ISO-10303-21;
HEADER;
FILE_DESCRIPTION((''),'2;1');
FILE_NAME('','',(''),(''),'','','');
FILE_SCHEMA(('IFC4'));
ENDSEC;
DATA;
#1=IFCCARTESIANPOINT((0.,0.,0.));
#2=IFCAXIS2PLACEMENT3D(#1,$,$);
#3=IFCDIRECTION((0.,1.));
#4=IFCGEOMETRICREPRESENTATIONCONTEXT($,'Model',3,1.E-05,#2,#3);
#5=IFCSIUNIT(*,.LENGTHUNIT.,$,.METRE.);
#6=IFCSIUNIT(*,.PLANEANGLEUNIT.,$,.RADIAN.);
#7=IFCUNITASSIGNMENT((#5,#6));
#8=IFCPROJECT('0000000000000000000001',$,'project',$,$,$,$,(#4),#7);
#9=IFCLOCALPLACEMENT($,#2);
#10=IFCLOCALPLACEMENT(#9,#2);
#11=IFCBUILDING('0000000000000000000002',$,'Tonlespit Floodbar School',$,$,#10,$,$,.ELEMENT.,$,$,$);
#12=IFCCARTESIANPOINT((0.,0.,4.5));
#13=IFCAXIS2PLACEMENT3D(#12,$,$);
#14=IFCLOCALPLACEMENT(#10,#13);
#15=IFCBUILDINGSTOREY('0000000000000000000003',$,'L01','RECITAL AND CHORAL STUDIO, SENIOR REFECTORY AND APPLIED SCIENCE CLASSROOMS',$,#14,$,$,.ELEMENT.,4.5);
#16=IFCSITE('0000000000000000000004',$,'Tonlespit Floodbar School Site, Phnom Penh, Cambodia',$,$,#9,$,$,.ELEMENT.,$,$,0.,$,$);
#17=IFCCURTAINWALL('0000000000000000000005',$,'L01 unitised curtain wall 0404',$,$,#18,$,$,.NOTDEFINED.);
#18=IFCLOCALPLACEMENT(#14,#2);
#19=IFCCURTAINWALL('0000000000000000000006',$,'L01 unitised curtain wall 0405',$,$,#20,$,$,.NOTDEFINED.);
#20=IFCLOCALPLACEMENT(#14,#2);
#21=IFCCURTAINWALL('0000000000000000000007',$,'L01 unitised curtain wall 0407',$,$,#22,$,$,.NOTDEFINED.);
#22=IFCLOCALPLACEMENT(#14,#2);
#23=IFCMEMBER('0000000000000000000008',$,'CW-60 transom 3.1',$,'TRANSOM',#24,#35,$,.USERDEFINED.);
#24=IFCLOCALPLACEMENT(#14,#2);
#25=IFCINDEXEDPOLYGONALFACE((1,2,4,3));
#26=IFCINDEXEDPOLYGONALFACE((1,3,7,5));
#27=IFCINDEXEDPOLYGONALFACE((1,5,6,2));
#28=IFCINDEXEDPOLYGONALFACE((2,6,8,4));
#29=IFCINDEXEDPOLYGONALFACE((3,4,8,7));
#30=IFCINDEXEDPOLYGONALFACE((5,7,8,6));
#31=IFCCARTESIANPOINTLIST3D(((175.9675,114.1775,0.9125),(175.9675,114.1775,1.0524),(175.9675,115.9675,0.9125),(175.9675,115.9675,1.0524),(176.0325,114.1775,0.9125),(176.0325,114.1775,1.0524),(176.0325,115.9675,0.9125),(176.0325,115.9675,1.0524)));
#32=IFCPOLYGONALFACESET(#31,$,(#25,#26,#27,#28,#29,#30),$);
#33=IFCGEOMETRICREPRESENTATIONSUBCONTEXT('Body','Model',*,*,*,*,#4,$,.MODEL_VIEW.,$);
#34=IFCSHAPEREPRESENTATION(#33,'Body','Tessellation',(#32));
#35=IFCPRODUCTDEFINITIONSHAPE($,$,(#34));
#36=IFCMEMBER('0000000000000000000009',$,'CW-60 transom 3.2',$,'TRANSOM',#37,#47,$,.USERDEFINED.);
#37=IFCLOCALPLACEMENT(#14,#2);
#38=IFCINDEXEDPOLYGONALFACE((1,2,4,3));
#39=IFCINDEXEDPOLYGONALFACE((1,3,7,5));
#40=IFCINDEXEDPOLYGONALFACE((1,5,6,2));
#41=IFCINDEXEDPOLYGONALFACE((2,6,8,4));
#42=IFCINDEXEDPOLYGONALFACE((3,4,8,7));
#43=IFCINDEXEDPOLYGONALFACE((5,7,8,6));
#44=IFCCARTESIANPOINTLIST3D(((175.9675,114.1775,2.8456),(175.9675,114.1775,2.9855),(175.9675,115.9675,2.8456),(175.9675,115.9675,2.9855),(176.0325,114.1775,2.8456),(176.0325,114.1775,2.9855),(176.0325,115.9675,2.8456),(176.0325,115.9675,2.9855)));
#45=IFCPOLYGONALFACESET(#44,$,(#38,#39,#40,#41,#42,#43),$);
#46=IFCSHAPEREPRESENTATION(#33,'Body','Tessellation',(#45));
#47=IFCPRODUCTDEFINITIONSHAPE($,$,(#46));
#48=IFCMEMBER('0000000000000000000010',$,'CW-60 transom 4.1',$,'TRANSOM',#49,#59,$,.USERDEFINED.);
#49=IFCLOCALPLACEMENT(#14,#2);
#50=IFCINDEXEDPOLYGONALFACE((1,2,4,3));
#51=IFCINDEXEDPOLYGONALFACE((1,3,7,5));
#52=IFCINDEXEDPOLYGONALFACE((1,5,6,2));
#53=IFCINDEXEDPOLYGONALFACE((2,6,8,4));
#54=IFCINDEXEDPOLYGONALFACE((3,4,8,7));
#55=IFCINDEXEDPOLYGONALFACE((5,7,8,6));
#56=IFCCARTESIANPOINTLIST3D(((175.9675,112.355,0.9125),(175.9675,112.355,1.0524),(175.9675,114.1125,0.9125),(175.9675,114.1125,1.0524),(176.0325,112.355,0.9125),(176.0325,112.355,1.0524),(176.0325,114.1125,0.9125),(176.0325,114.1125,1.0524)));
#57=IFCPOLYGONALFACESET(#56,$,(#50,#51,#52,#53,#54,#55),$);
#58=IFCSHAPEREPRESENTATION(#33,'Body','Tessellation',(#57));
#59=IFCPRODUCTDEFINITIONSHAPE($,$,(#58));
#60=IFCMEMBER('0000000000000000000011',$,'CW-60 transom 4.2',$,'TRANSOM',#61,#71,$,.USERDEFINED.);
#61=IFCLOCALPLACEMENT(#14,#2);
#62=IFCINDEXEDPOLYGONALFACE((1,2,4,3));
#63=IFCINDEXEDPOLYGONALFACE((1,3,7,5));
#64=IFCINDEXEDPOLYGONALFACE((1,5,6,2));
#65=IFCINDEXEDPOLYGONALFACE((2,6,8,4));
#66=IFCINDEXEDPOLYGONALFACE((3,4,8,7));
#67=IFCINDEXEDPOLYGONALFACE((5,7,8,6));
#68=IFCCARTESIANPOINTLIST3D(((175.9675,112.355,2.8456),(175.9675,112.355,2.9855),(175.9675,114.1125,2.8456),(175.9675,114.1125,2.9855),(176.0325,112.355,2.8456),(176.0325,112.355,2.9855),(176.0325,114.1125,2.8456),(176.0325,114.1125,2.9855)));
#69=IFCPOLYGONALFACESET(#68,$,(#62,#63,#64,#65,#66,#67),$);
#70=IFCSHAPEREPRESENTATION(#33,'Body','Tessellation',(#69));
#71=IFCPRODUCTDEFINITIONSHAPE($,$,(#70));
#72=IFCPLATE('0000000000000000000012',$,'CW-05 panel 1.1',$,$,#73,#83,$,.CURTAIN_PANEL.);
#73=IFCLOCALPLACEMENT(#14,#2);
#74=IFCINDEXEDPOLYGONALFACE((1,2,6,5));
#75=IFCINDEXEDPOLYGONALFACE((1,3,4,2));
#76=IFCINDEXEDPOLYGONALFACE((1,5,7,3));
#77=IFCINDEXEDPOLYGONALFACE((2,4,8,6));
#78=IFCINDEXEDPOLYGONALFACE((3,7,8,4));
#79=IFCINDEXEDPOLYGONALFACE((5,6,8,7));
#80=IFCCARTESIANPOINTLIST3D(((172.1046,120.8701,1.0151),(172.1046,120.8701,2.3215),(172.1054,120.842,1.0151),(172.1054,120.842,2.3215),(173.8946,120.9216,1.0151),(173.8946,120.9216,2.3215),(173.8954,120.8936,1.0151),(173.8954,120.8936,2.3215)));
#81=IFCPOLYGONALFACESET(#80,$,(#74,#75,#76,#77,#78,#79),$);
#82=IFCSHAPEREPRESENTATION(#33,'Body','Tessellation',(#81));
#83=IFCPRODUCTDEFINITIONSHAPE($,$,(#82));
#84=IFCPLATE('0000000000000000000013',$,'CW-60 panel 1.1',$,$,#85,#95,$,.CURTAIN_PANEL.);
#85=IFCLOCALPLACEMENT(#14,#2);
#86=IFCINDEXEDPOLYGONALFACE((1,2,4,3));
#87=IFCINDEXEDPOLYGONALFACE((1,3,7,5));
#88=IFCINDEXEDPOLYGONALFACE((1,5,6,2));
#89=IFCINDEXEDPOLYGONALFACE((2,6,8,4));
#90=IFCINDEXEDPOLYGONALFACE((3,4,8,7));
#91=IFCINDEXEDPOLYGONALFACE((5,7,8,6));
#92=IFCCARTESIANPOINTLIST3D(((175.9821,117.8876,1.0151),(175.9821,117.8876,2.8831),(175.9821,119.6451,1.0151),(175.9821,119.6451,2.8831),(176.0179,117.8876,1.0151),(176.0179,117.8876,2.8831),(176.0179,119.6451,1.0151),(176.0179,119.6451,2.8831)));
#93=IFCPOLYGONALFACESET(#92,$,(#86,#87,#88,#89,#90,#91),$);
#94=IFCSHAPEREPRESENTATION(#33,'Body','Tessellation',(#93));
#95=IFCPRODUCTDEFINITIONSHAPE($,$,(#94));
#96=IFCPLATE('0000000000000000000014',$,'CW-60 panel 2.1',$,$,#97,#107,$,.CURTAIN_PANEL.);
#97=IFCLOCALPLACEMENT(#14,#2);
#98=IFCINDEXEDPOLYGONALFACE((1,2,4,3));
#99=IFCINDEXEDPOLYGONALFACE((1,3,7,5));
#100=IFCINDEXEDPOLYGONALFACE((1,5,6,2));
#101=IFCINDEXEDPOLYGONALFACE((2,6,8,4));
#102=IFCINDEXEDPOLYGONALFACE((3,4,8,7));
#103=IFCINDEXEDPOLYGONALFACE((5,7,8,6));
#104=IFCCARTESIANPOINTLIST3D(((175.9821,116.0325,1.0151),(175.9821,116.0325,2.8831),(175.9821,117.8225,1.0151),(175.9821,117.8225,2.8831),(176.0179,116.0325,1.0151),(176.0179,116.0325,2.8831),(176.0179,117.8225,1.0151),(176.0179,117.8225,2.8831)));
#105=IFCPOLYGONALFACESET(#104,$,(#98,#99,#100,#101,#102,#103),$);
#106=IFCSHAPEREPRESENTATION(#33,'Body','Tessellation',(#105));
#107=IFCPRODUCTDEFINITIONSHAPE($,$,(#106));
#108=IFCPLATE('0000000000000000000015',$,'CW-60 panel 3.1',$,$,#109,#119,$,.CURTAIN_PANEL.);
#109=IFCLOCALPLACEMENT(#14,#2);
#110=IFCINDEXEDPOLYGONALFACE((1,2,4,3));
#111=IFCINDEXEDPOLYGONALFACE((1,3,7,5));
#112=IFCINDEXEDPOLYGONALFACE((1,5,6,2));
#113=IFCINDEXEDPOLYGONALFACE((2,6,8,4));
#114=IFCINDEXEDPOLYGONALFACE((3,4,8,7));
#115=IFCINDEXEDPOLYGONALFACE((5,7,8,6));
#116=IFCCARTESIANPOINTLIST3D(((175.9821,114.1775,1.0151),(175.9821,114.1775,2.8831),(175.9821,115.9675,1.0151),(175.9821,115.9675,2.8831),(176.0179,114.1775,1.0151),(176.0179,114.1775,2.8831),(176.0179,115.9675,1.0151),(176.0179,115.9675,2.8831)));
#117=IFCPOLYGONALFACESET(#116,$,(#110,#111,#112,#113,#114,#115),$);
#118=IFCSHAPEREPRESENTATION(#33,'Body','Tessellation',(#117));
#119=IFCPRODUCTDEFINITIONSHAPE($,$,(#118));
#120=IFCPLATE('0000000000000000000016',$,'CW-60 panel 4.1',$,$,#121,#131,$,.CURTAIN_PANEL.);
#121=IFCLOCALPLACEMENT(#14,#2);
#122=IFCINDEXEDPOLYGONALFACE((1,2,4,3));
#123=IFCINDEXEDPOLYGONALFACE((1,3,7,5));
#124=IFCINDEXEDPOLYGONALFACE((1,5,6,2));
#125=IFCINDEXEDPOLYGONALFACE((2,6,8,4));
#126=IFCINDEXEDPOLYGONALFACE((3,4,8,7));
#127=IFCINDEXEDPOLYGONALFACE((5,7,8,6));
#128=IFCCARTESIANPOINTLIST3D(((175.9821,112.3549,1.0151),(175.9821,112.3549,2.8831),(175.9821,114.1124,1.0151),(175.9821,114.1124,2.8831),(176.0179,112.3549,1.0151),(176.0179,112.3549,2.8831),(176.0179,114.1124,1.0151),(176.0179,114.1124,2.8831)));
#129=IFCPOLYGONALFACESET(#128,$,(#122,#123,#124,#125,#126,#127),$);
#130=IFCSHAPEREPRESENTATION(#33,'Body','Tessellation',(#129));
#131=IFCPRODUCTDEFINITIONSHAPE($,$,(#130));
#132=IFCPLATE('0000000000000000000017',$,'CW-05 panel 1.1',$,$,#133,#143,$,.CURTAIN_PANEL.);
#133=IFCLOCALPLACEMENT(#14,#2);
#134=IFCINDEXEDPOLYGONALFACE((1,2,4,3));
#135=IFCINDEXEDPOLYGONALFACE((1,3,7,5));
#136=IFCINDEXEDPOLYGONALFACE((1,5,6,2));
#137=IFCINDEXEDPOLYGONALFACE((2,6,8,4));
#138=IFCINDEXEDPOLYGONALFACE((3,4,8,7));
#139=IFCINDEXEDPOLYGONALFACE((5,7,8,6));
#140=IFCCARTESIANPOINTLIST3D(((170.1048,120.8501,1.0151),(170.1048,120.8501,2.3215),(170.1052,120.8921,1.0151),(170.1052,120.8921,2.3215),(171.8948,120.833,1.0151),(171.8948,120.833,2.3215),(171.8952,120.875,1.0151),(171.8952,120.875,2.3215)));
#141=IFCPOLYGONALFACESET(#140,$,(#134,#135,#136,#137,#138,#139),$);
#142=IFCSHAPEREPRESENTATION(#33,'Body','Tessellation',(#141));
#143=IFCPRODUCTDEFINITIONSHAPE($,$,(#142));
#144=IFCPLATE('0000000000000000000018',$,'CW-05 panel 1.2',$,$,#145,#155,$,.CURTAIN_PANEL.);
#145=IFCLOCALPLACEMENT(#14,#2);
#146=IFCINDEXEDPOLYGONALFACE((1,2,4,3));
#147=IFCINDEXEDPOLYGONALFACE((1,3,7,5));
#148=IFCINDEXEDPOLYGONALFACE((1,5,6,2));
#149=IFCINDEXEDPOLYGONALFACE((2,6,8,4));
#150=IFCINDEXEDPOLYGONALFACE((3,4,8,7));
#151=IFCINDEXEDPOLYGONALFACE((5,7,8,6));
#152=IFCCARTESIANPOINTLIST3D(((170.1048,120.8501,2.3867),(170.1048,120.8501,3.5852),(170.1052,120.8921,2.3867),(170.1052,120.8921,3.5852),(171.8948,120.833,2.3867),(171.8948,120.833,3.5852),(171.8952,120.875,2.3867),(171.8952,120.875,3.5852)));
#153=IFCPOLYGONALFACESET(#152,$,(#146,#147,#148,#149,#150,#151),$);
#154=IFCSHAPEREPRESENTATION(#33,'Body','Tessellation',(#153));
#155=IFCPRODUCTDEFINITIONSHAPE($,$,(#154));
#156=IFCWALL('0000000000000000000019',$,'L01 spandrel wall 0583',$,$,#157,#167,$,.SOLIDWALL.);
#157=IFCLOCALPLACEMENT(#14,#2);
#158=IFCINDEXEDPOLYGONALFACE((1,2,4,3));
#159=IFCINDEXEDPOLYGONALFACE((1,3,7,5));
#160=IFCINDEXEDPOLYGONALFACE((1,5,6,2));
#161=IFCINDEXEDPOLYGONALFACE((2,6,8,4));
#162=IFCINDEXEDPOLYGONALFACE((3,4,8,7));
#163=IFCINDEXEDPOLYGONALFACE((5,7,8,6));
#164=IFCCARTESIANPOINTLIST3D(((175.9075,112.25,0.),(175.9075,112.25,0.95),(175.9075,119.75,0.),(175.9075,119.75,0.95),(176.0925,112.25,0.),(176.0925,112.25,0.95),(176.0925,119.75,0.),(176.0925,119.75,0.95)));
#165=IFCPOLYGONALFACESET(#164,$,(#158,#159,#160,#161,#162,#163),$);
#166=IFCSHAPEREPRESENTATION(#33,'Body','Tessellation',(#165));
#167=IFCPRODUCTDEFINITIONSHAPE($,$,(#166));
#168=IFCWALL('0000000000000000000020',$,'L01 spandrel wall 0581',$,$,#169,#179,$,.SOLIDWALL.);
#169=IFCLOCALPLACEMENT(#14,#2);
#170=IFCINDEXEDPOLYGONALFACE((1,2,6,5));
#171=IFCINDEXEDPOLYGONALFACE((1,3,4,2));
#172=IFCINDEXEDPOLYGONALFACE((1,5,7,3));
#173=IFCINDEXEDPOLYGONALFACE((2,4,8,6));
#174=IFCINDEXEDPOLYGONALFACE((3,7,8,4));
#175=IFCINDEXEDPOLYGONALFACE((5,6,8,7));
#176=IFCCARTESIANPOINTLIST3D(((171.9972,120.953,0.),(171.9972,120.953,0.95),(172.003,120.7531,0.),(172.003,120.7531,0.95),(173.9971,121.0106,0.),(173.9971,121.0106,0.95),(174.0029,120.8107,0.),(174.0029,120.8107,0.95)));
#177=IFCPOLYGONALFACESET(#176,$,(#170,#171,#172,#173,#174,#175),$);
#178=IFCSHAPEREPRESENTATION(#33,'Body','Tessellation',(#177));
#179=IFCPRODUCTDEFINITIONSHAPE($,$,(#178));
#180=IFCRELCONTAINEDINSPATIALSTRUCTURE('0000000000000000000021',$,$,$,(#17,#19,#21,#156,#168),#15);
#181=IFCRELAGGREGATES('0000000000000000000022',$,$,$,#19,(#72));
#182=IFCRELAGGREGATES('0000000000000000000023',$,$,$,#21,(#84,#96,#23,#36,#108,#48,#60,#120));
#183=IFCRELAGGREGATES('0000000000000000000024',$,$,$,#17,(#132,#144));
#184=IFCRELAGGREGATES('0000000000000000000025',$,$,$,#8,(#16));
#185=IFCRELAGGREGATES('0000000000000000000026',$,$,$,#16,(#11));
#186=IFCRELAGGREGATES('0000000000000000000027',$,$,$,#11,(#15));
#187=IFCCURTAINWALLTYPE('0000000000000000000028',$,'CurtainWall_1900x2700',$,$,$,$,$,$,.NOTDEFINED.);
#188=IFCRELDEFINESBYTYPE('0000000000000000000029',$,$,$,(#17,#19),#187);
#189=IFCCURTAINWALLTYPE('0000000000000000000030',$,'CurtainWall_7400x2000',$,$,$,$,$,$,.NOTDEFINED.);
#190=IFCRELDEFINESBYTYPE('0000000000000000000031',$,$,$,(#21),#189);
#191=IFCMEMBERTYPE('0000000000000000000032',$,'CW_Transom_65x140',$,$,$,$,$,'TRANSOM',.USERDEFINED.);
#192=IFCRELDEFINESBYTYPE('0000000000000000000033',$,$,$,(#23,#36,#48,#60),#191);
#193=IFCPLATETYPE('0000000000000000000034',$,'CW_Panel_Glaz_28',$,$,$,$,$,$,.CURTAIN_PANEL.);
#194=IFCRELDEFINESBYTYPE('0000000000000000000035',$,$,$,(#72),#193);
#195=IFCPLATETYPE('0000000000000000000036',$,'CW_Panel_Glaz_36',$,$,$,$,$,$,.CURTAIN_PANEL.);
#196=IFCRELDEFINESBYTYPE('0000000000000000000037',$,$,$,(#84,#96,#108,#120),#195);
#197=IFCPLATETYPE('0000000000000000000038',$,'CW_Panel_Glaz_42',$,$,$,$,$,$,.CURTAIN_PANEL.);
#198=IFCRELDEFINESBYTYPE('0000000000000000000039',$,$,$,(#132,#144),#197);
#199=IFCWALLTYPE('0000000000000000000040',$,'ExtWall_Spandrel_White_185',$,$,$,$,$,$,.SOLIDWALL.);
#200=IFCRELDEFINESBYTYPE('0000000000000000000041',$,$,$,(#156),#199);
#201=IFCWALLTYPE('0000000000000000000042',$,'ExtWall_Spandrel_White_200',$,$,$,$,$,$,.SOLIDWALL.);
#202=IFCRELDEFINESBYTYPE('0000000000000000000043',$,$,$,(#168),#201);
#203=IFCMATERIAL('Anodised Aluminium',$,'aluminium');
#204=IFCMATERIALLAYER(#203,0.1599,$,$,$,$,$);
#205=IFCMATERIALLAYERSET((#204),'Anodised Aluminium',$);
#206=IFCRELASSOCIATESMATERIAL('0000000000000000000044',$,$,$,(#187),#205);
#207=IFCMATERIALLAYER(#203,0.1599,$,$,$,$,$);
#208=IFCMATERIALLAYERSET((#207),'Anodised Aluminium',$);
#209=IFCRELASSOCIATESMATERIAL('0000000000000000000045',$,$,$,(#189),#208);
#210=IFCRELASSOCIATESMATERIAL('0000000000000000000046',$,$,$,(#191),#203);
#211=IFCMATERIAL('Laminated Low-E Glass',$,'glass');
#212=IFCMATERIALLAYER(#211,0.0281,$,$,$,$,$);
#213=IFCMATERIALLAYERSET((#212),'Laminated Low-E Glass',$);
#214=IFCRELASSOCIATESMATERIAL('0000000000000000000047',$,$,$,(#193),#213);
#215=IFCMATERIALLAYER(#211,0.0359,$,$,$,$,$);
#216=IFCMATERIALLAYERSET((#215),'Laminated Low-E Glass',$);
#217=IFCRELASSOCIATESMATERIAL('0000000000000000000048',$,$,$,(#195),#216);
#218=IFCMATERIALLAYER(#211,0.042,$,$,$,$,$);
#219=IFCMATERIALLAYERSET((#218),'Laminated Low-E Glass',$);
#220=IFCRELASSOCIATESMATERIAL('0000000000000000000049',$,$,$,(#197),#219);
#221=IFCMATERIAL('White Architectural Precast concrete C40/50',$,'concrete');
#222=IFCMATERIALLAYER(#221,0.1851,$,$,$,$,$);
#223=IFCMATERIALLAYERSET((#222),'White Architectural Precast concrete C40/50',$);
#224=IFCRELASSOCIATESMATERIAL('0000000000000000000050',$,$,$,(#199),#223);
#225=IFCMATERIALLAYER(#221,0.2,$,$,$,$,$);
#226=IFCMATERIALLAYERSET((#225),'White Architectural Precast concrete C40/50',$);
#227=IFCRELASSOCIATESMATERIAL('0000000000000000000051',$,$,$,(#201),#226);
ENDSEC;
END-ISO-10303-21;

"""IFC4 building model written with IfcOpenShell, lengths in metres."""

from ifc_helpers import new_model, si_unit, direction, frame, frame_2d, origin, origin_2d, place, context, subcontext, project, spatial, rectangle, extrude, material, layer, layer_set, material_profile, profile_set, type_object, element, aggregate, save


model = new_model("IFC4")

# Units and contexts
model_context = context("Model", 3, precision=1e-05, world=origin(), true_north=direction((0.0, 1.0)))
body_context = subcontext(model_context, "Body", "Model", "MODEL_VIEW")
ifc_project = project(units=[si_unit("LENGTHUNIT", "METRE"), si_unit("PLANEANGLEUNIT", "RADIAN")], contexts=[model_context])

# Site, building, storey
site_placement = place(None, origin())
site = spatial("IfcSite", under=ifc_project, at=site_placement, Name="Tonlespit Floodbar School Site, Phnom Penh, Cambodia", CompositionType="ELEMENT", RefElevation=0.0)
building_placement = place(site_placement, origin())
building = spatial("IfcBuilding", under=site, at=building_placement, Name="Tonlespit Floodbar School", CompositionType="ELEMENT")
storey_placement = place(building_placement, frame((0.0, 0.0, 4.5)))
storey = spatial("IfcBuildingStorey", under=building, at=storey_placement, Name="L01", Description="RECITAL AND CHORAL STUDIO, SENIOR REFECTORY AND APPLIED SCIENCE CLASSROOMS", CompositionType="ELEMENT", Elevation=4.5)

# Curtain walls
ifc_material_1 = material(Name="Anodised Aluminium", Category="aluminium")
ifc_layer_1 = layer(ifc_material_1, 0.1599)
ifc_layer_set_1 = layer_set([ifc_layer_1], Name="Anodised Aluminium")
curtain_wall_type_1 = type_object("IfcCurtainWallType", Name="CurtainWall_1900x2700", PredefinedType="NOTDEFINED", material=ifc_layer_set_1)
curtain_wall_1_placement = place(storey_placement, origin())
curtain_wall_1 = element("IfcCurtainWall", 1, at=curtain_wall_1_placement, inside=storey, type_object=curtain_wall_type_1, Name="L01 unitised curtain wall 0404", PredefinedType="NOTDEFINED")
curtain_wall_2_placement = place(storey_placement, origin())
curtain_wall_2 = element("IfcCurtainWall", 2, at=curtain_wall_2_placement, inside=storey, type_object=curtain_wall_type_1, Name="L01 unitised curtain wall 0405", PredefinedType="NOTDEFINED")

# Curtain wall
ifc_layer_2 = layer(ifc_material_1, 0.1599)
ifc_layer_set_2 = layer_set([ifc_layer_2], Name="Anodised Aluminium")
curtain_wall_type_2 = type_object("IfcCurtainWallType", Name="CurtainWall_7400x2000", PredefinedType="NOTDEFINED", material=ifc_layer_set_2)
curtain_wall_3_placement = place(storey_placement, origin())
curtain_wall_3 = element("IfcCurtainWall", 3, at=curtain_wall_3_placement, inside=storey, type_object=curtain_wall_type_2, Name="L01 unitised curtain wall 0407", PredefinedType="NOTDEFINED")

# Members
ifc_material_profile_1 = material_profile(ifc_material_1, rectangle(XDim=0.0649, YDim=0.1399, at=origin_2d()), Name="ALU T65x140")
ifc_profile_set_1 = profile_set([ifc_material_profile_1], Name="Anodised Aluminium")
member_type_1 = type_object("IfcMemberType", Name="CW_Transom_65x140", ElementType="TRANSOM", PredefinedType="USERDEFINED", material=ifc_profile_set_1)
member_1_placement = place(storey_placement, frame((176.0, 115.9675, 0.9824), z_axis=(0.0, -1.0, 0.0), x_axis=(1.0, 0.0, 0.0)))
member_1 = element("IfcMember", 4, at=member_1_placement, type_object=member_type_1, Name="CW-60 transom 3.1", ObjectType="TRANSOM", PredefinedType="USERDEFINED", context=body_context, shape_type="SweptSolid", body=[
    extrude(rectangle(XDim=0.0649, YDim=0.1399, at=origin_2d()), origin(), (0.0, 0.0, 1.0), 1.79),
])
member_2_placement = place(storey_placement, frame((176.0, 115.9675, 2.9155), z_axis=(0.0, -1.0, 0.0), x_axis=(1.0, 0.0, 0.0)))
member_2 = element("IfcMember", 5, at=member_2_placement, type_object=member_type_1, Name="CW-60 transom 3.2", ObjectType="TRANSOM", PredefinedType="USERDEFINED", context=body_context, shape_type="SweptSolid", body=[
    extrude(rectangle(XDim=0.0649, YDim=0.1399, at=origin_2d()), origin(), (0.0, 0.0, 1.0), 1.79),
])
member_3_placement = place(storey_placement, frame((176.0, 114.1125, 0.9824), z_axis=(0.0, -1.0, 0.0), x_axis=(1.0, 0.0, 0.0)))
member_3 = element("IfcMember", 6, at=member_3_placement, type_object=member_type_1, Name="CW-60 transom 4.1", ObjectType="TRANSOM", PredefinedType="USERDEFINED", context=body_context, shape_type="SweptSolid", body=[
    extrude(rectangle(XDim=0.0649, YDim=0.1399, at=origin_2d()), origin(), (0.0, 0.0, 1.0), 1.7576),
])
member_4_placement = place(storey_placement, frame((176.0, 114.1125, 2.9155), z_axis=(0.0, -1.0, 0.0), x_axis=(1.0, 0.0, 0.0)))
member_4 = element("IfcMember", 7, at=member_4_placement, type_object=member_type_1, Name="CW-60 transom 4.2", ObjectType="TRANSOM", PredefinedType="USERDEFINED", context=body_context, shape_type="SweptSolid", body=[
    extrude(rectangle(XDim=0.0649, YDim=0.1399, at=origin_2d()), origin(), (0.0, 0.0, 1.0), 1.7576),
])

# Plates
ifc_material_2 = material(Name="Laminated Low-E Glass", Category="glass")
ifc_layer_3 = layer(ifc_material_2, 0.0281)
ifc_layer_set_3 = layer_set([ifc_layer_3], Name="Laminated Low-E Glass")
plate_type_1 = type_object("IfcPlateType", Name="CW_Panel_Glaz_28", PredefinedType="CURTAIN_PANEL", material=ifc_layer_set_3)
plate_1_placement = place(storey_placement, frame((173.0, 120.8818, 1.0151), z_axis=(0.0, 0.0, 1.0), x_axis=(0.999585, 0.02879, 0.0)))
plate_1 = element("IfcPlate", 8, at=plate_1_placement, type_object=plate_type_1, Name="CW-05 panel 1.1", PredefinedType="CURTAIN_PANEL", context=body_context, shape_type="SweptSolid", body=[
    extrude(rectangle(XDim=1.7908, YDim=0.0281, at=origin_2d()), origin(), (0.0, 0.0, 1.0), 1.3064),
])
aggregate(curtain_wall_2, [plate_1])
ifc_layer_4 = layer(ifc_material_2, 0.0359)
ifc_layer_set_4 = layer_set([ifc_layer_4], Name="Laminated Low-E Glass")
plate_type_2 = type_object("IfcPlateType", Name="CW_Panel_Glaz_36", PredefinedType="CURTAIN_PANEL", material=ifc_layer_set_4)
plate_2_placement = place(storey_placement, frame((176.0, 118.7664, 1.0151), z_axis=(0.0, 0.0, 1.0), x_axis=(0.0, -1.0, 0.0)))
plate_2 = element("IfcPlate", 9, at=plate_2_placement, type_object=plate_type_2, Name="CW-60 panel 1.1", PredefinedType="CURTAIN_PANEL", context=body_context, shape_type="SweptSolid", body=[
    extrude(rectangle(XDim=1.7576, YDim=0.0359, at=origin_2d()), origin(), (0.0, 0.0, 1.0), 1.8679),
])
plate_3_placement = place(storey_placement, frame((176.0, 116.9275, 1.0151), z_axis=(0.0, 0.0, 1.0), x_axis=(0.0, -1.0, 0.0)))
plate_3 = element("IfcPlate", 10, at=plate_3_placement, type_object=plate_type_2, Name="CW-60 panel 2.1", PredefinedType="CURTAIN_PANEL", context=body_context, shape_type="SweptSolid", body=[
    extrude(rectangle(XDim=1.79, YDim=0.0359, at=origin_2d()), origin(), (0.0, 0.0, 1.0), 1.8679),
])
plate_4_placement = place(storey_placement, frame((176.0, 115.0725, 1.0151), z_axis=(0.0, 0.0, 1.0), x_axis=(0.0, -1.0, 0.0)))
plate_4 = element("IfcPlate", 11, at=plate_4_placement, type_object=plate_type_2, Name="CW-60 panel 3.1", PredefinedType="CURTAIN_PANEL", context=body_context, shape_type="SweptSolid", body=[
    extrude(rectangle(XDim=1.79, YDim=0.0359, at=origin_2d()), origin(), (0.0, 0.0, 1.0), 1.8679),
])
plate_5_placement = place(storey_placement, frame((176.0, 113.2336, 1.0151), z_axis=(0.0, 0.0, 1.0), x_axis=(0.0, -1.0, 0.0)))
plate_5 = element("IfcPlate", 12, at=plate_5_placement, type_object=plate_type_2, Name="CW-60 panel 4.1", PredefinedType="CURTAIN_PANEL", context=body_context, shape_type="SweptSolid", body=[
    extrude(rectangle(XDim=1.7576, YDim=0.0359, at=origin_2d()), origin(), (0.0, 0.0, 1.0), 1.8679),
])
aggregate(curtain_wall_3, [plate_2, plate_3, member_1, member_2, plate_4, member_3, member_4, plate_5])
ifc_layer_5 = layer(ifc_material_2, 0.042)
ifc_layer_set_5 = layer_set([ifc_layer_5], Name="Laminated Low-E Glass")
plate_type_3 = type_object("IfcPlateType", Name="CW_Panel_Glaz_42", PredefinedType="CURTAIN_PANEL", material=ifc_layer_set_5)
plate_6_placement = place(storey_placement, frame((171.0, 120.8625, 1.0151), z_axis=(0.0, 0.0, 1.0), x_axis=(0.999954, -0.009583, 0.0)))
plate_6 = element("IfcPlate", 13, at=plate_6_placement, type_object=plate_type_3, Name="CW-05 panel 1.1", PredefinedType="CURTAIN_PANEL", context=body_context, shape_type="SweptSolid", body=[
    extrude(rectangle(XDim=1.79, YDim=0.042, at=origin_2d()), origin(), (0.0, 0.0, 1.0), 1.3064),
])
plate_7_placement = place(storey_placement, frame((171.0, 120.8625, 2.3867), z_axis=(0.0, 0.0, 1.0), x_axis=(0.999954, -0.009583, 0.0)))
plate_7 = element("IfcPlate", 14, at=plate_7_placement, type_object=plate_type_3, Name="CW-05 panel 1.2", PredefinedType="CURTAIN_PANEL", context=body_context, shape_type="SweptSolid", body=[
    extrude(rectangle(XDim=1.79, YDim=0.042, at=origin_2d()), origin(), (0.0, 0.0, 1.0), 1.1985),
])
aggregate(curtain_wall_1, [plate_6, plate_7])

# Walls
ifc_material_3 = material(Name="White Architectural Precast concrete C40/50", Category="concrete")
ifc_layer_6 = layer(ifc_material_3, 0.1851)
ifc_layer_set_6 = layer_set([ifc_layer_6], Name="White Architectural Precast concrete C40/50")
wall_type_1 = type_object("IfcWallType", Name="ExtWall_Spandrel_White_185", PredefinedType="SOLIDWALL", material=ifc_layer_set_6)
wall_1_placement = place(storey_placement, frame((176.0, 119.75, 0.0), z_axis=(0.0, 0.0, 1.0), x_axis=(0.0, -1.0, 0.0)))
element("IfcWall", 15, at=wall_1_placement, inside=storey, type_object=wall_type_1, Name="L01 spandrel wall 0583", PredefinedType="SOLIDWALL", context=body_context, shape_type="SweptSolid", body=[
    extrude(rectangle(XDim=7.5, YDim=0.1851, at=frame_2d((3.75, 0.0))), origin(), (0.0, 0.0, 1.0), 0.95),
])
ifc_layer_7 = layer(ifc_material_3, 0.2)
ifc_layer_set_7 = layer_set([ifc_layer_7], Name="White Architectural Precast concrete C40/50")
wall_type_2 = type_object("IfcWallType", Name="ExtWall_Spandrel_White_200", PredefinedType="SOLIDWALL", material=ifc_layer_set_7)
wall_2_placement = place(storey_placement, frame((172.0, 120.853, 0.0), z_axis=(0.0, 0.0, 1.0), x_axis=(0.999585, 0.028797, 0.0)))
element("IfcWall", 16, at=wall_2_placement, inside=storey, type_object=wall_type_2, Name="L01 spandrel wall 0581", PredefinedType="SOLIDWALL", context=body_context, shape_type="SweptSolid", body=[
    extrude(rectangle(XDim=2.0007, YDim=0.2, at=frame_2d((1.0005, 0.0))), origin(), (0.0, 0.0, 1.0), 0.95),
])

save(model, "model.ifc")
